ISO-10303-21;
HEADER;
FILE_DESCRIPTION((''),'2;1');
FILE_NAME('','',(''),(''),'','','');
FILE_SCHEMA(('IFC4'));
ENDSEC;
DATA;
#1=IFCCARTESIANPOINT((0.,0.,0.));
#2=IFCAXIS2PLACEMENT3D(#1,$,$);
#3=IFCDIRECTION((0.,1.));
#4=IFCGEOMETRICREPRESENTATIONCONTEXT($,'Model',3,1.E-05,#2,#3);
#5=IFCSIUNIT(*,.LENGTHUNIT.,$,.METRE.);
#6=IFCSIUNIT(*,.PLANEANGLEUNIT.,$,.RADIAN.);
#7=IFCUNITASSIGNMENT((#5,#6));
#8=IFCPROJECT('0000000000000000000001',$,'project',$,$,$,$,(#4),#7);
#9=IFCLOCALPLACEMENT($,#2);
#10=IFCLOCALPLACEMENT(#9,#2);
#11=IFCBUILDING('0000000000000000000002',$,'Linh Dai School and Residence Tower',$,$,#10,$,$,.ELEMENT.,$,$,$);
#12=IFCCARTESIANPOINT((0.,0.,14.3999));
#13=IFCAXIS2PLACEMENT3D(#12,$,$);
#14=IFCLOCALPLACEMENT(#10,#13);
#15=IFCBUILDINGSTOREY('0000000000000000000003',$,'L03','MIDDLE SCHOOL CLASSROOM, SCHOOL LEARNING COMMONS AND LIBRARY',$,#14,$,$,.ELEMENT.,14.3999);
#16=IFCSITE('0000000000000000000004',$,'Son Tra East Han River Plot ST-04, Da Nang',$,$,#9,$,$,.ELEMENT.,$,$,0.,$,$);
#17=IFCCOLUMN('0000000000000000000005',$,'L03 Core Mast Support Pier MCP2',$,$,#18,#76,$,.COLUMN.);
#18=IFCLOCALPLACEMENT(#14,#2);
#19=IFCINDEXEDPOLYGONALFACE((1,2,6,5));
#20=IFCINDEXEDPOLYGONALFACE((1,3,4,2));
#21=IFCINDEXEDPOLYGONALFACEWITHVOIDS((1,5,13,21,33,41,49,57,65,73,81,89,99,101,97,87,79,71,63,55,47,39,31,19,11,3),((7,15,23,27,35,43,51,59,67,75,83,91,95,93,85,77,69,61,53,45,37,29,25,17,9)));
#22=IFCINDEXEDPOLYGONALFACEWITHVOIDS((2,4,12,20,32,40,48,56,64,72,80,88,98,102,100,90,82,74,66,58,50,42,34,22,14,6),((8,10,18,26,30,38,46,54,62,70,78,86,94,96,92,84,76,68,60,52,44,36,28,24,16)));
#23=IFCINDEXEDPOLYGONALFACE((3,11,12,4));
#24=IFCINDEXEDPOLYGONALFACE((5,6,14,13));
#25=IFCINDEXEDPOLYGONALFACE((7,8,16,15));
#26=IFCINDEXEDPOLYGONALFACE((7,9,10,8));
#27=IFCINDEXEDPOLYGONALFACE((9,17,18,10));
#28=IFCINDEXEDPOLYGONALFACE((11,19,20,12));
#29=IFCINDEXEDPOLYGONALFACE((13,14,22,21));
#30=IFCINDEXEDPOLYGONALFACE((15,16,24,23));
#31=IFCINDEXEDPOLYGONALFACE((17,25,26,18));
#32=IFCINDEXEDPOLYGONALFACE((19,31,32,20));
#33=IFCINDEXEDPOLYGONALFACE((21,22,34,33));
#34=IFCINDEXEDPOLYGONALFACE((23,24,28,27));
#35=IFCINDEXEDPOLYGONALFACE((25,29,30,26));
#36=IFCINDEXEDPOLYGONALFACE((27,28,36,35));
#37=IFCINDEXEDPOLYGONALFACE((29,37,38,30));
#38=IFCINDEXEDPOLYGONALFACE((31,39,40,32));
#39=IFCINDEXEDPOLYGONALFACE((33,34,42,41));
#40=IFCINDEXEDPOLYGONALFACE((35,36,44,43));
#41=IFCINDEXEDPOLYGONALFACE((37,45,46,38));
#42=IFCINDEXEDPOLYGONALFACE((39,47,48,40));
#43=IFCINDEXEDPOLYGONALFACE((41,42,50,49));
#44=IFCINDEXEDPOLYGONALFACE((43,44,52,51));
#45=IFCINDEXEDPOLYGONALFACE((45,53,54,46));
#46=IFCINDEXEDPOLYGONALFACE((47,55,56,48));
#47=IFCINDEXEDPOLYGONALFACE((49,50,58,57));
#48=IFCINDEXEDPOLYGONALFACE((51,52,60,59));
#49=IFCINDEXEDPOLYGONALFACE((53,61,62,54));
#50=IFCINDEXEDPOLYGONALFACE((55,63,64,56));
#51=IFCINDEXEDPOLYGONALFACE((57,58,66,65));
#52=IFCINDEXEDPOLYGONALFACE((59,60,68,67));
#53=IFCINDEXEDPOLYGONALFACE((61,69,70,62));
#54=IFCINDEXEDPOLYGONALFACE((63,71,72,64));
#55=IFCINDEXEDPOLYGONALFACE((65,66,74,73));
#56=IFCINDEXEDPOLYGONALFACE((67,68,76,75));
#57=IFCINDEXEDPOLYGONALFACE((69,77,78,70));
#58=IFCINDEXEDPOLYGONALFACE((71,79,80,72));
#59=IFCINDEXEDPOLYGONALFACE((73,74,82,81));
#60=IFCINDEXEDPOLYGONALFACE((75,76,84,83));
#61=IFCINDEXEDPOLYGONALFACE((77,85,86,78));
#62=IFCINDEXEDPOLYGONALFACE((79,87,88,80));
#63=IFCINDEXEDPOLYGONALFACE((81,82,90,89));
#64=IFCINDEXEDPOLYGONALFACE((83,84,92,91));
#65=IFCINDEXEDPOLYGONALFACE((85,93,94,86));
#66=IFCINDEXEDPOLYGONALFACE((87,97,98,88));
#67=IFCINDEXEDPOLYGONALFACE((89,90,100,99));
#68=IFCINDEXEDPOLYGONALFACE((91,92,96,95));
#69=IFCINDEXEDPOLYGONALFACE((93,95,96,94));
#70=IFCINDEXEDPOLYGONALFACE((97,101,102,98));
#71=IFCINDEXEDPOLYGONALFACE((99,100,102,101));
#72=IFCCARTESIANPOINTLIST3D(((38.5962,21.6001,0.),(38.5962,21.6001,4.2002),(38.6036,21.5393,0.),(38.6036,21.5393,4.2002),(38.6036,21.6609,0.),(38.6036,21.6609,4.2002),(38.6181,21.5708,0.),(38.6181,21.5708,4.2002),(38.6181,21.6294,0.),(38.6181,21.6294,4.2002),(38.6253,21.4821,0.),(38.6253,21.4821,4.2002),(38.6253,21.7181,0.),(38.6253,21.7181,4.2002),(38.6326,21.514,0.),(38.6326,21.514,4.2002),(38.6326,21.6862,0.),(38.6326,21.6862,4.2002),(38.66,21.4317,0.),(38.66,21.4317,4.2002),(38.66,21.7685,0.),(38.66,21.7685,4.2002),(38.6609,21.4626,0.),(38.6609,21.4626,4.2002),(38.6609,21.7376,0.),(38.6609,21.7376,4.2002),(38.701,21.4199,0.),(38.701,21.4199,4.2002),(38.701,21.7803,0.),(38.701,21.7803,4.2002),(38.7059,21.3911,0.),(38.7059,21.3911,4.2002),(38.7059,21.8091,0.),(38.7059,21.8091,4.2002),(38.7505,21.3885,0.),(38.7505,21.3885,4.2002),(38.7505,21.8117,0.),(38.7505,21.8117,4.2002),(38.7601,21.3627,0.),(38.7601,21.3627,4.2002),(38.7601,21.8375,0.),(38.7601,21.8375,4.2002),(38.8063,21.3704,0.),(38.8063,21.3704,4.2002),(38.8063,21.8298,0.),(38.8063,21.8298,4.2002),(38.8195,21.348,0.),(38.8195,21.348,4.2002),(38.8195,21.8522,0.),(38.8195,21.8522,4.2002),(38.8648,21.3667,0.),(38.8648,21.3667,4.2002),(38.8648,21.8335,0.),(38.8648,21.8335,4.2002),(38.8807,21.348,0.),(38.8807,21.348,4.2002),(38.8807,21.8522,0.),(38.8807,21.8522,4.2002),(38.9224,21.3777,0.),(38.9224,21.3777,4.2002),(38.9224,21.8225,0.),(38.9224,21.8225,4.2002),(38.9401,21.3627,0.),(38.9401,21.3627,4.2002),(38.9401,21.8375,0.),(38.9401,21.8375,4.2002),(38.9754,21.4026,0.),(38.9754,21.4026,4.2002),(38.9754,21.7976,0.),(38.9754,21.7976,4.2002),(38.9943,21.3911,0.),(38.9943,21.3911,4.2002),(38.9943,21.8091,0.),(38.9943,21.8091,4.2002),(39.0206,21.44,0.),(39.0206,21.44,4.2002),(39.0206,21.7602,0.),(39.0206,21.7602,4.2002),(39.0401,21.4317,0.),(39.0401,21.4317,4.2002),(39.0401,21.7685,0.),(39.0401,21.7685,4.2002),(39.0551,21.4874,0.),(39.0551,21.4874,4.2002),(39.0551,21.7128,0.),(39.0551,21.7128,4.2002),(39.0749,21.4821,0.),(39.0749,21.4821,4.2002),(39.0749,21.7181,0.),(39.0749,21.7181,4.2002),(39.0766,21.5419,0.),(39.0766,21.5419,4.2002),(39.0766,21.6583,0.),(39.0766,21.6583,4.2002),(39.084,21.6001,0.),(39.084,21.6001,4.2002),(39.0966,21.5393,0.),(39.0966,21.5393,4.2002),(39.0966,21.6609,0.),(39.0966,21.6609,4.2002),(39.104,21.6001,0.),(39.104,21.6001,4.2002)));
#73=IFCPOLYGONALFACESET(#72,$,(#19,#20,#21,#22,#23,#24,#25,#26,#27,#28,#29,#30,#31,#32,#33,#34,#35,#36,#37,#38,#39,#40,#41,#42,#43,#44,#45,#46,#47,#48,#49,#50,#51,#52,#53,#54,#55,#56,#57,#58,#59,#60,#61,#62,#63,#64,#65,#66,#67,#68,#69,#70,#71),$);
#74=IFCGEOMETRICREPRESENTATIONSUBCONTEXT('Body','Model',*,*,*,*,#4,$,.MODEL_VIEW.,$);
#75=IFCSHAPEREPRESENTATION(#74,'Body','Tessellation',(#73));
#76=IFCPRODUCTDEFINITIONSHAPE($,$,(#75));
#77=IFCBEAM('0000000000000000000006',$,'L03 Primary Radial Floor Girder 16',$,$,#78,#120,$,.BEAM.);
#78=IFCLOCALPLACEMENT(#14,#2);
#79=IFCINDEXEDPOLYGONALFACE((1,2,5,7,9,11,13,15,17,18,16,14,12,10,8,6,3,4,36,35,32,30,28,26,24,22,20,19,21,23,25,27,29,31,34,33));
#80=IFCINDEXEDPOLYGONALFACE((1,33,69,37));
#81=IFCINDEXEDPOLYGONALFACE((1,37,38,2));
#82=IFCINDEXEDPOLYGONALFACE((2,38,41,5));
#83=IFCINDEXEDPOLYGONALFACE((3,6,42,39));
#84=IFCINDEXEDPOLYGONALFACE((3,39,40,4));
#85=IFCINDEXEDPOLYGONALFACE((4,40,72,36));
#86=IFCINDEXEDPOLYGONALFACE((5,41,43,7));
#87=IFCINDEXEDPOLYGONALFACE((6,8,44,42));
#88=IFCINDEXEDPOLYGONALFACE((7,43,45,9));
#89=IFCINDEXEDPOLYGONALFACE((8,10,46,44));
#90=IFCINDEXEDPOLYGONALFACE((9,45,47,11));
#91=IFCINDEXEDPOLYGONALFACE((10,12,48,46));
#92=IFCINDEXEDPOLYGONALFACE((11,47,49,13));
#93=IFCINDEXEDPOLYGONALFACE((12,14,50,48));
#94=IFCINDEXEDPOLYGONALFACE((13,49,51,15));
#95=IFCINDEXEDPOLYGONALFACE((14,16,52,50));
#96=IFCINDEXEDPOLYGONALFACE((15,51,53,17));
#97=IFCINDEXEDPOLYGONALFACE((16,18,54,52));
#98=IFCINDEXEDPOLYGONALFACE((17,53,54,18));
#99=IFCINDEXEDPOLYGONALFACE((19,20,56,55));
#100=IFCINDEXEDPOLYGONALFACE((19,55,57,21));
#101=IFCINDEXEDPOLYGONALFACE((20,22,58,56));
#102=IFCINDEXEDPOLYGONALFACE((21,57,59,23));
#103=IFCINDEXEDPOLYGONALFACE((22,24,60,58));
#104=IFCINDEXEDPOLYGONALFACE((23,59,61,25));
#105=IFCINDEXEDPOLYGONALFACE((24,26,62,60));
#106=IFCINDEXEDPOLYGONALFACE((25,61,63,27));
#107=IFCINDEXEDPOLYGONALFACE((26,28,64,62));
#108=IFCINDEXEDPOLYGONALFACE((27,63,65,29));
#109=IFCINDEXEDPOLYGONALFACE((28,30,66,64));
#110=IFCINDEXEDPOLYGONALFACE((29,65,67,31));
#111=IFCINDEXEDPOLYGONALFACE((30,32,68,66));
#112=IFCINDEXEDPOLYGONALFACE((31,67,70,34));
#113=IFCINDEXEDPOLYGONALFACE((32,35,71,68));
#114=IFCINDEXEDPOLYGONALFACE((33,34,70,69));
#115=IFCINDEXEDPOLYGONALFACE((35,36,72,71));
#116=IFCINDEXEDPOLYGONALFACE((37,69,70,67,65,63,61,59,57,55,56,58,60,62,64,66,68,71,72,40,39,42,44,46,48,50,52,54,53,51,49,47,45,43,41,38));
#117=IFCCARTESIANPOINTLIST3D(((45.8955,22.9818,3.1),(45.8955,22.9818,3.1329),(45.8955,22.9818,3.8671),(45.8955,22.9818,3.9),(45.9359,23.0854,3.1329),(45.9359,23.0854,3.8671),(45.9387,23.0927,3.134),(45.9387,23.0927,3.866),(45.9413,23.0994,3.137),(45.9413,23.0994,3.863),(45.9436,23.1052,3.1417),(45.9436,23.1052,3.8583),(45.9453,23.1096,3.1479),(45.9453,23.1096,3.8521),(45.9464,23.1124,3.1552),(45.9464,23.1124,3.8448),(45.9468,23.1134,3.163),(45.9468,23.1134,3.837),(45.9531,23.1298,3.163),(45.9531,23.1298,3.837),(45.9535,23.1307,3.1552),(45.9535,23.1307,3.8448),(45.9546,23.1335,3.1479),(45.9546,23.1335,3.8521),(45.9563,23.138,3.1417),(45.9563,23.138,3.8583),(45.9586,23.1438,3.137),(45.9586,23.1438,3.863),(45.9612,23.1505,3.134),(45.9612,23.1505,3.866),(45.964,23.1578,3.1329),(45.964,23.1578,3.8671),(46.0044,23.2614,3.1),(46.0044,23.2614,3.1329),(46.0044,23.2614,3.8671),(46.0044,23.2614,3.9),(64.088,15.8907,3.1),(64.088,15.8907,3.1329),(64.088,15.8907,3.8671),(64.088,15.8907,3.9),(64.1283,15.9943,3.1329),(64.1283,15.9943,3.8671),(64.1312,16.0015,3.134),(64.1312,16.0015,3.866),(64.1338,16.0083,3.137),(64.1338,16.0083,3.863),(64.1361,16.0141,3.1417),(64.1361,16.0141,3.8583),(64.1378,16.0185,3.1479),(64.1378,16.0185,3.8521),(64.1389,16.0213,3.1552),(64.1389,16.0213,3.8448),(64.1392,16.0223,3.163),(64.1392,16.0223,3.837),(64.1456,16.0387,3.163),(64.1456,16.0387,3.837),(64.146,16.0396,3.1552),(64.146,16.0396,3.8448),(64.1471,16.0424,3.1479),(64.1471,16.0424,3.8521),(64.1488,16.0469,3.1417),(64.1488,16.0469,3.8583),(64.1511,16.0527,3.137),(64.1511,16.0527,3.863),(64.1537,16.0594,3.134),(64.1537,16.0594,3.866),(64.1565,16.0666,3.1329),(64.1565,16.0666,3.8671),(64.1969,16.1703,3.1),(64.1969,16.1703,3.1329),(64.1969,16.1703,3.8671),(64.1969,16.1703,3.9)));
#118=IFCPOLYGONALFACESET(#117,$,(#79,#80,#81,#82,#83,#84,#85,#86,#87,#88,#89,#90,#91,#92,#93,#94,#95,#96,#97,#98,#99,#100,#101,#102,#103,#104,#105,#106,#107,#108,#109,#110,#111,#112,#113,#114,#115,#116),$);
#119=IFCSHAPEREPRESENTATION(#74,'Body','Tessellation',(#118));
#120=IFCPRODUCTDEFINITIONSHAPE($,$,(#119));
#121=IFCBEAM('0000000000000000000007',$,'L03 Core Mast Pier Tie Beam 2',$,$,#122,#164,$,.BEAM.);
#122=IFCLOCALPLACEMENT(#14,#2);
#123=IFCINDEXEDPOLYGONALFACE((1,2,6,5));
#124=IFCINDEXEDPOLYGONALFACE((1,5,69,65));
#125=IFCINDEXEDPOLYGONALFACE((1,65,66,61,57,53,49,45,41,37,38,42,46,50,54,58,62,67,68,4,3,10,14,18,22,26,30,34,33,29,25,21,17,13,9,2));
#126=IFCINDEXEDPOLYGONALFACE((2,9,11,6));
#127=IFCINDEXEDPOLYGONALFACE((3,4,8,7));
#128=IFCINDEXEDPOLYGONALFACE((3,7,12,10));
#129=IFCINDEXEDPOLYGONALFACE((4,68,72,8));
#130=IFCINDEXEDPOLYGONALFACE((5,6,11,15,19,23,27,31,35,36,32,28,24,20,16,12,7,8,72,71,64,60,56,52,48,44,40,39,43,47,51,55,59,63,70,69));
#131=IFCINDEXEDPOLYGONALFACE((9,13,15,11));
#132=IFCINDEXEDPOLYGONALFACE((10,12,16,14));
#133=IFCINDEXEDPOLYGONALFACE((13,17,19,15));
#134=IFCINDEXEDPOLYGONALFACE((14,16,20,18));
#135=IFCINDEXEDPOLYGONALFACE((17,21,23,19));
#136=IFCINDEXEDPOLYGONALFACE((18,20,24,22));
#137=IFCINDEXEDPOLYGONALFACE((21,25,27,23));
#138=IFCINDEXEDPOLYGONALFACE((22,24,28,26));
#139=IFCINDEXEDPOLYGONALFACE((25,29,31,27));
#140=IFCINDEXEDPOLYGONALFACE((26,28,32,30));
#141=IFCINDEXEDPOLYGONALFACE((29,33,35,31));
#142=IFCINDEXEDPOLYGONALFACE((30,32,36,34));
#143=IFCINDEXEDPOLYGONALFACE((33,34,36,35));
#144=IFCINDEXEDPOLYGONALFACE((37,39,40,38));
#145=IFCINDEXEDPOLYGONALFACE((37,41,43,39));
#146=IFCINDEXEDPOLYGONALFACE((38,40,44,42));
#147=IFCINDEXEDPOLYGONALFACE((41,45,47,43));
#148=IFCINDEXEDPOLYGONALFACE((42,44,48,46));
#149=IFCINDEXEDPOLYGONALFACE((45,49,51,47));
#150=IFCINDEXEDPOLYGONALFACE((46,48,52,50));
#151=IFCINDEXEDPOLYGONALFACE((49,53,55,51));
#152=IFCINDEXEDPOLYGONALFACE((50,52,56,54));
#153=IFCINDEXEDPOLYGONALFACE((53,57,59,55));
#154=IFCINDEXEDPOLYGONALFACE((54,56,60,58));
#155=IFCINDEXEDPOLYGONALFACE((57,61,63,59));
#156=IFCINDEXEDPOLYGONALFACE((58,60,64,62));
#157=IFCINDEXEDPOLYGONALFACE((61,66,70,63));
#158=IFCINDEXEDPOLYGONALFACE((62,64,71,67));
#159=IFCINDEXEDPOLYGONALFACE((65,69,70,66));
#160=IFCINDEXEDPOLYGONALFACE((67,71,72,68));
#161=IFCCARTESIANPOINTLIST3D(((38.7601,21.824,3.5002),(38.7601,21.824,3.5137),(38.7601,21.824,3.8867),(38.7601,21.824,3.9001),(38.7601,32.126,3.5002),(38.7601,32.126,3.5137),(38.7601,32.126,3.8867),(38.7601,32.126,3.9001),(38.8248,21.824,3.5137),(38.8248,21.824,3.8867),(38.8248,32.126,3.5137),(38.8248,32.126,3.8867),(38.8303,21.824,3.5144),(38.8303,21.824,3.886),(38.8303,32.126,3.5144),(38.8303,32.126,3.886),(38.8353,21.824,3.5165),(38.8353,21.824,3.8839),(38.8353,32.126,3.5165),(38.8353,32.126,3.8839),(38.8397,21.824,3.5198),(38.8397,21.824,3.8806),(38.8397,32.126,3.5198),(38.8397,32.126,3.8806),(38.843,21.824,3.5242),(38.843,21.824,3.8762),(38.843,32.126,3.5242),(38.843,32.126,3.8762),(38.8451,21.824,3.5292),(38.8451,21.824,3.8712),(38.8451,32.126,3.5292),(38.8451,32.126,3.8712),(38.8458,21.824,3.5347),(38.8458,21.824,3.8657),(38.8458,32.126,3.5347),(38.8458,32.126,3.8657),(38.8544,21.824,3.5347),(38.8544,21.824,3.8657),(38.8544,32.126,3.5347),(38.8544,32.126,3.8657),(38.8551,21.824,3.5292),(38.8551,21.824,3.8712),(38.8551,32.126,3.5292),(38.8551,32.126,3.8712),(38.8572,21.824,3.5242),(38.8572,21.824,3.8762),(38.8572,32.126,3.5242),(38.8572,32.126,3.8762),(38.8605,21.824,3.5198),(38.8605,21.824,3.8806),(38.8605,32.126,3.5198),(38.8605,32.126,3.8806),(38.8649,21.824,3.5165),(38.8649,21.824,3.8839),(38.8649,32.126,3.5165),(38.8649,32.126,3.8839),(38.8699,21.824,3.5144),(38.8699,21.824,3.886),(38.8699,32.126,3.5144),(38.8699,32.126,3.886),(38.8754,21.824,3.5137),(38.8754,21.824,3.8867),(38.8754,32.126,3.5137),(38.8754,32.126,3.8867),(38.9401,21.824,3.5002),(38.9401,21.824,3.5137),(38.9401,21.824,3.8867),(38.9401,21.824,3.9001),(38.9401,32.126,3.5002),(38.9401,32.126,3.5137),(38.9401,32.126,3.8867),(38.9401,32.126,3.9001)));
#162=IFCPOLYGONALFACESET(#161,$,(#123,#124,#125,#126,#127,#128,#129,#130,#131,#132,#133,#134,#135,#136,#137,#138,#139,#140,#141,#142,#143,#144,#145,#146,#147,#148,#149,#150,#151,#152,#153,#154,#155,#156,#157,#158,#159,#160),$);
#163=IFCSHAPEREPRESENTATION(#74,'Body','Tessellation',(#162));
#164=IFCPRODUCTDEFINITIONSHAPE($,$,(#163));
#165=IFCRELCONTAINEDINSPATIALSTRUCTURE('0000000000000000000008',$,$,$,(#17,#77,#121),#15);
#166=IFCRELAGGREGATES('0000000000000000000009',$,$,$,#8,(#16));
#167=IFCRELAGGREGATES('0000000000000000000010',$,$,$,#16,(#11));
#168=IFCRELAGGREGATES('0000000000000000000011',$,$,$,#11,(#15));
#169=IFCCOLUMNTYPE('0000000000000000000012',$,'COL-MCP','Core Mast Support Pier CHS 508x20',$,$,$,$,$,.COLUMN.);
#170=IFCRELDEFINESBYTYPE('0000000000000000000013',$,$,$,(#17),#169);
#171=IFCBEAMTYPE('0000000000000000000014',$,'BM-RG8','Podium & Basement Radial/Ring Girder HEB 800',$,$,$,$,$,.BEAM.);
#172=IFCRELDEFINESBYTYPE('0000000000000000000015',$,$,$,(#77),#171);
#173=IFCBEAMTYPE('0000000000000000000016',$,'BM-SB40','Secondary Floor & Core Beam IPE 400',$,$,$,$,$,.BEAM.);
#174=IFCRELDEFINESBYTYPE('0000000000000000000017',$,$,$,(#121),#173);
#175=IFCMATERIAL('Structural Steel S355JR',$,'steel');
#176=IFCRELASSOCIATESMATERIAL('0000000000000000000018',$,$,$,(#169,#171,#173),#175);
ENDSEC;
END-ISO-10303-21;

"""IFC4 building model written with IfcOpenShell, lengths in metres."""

from ifc_helpers import new_model, si_unit, direction, frame, origin, origin_2d, place, context, subcontext, project, spatial, hollow_circle, i_section, extrude, material, material_profile, profile_set, type_object, element, save


model = new_model("IFC4")

# Units and contexts
model_context = context("Model", 3, precision=1e-05, world=origin(), true_north=direction((0.0, 1.0)))
body_context = subcontext(model_context, "Body", "Model", "MODEL_VIEW")
ifc_project = project(units=[si_unit("LENGTHUNIT", "METRE"), si_unit("PLANEANGLEUNIT", "RADIAN")], contexts=[model_context])

# Site, building, storey
site_placement = place(None, origin())
site = spatial("IfcSite", under=ifc_project, at=site_placement, Name="Son Tra East Han River Plot ST-04, Da Nang", CompositionType="ELEMENT", RefElevation=0.0)
building_placement = place(site_placement, origin())
building = spatial("IfcBuilding", under=site, at=building_placement, Name="Linh Dai School and Residence Tower", CompositionType="ELEMENT")
storey_placement = place(building_placement, frame((0.0, 0.0, 14.3999)))
storey = spatial("IfcBuildingStorey", under=building, at=storey_placement, Name="L03", Description="MIDDLE SCHOOL CLASSROOM, SCHOOL LEARNING COMMONS AND LIBRARY", CompositionType="ELEMENT", Elevation=14.3999)

# Column
ifc_material_1 = material(Name="Structural Steel S355JR", Category="steel")
ifc_material_profile_1 = material_profile(ifc_material_1, hollow_circle(Radius=0.2539, WallThickness=0.02, at=origin_2d()), Name="CHS 508x20")
ifc_profile_set_1 = profile_set([ifc_material_profile_1], Name="Structural Steel S355JR")
column_type_1 = type_object("IfcColumnType", Name="COL-MCP", Description="Core Mast Support Pier CHS 508x20", PredefinedType="COLUMN", material=ifc_profile_set_1)
column_placement = place(storey_placement, frame((38.8501, 21.6001, 0.0), z_axis=(0.0, 0.0, 1.0), x_axis=(1.0, 0.0, 0.0)))
element("IfcColumn", 1, at=column_placement, inside=storey, type_object=column_type_1, Name="L03 Core Mast Support Pier MCP2", PredefinedType="COLUMN", context=body_context, shape_type="SweptSolid", body=[
    extrude(hollow_circle(Radius=0.2539, WallThickness=0.02, at=origin_2d()), origin(), (0.0, 0.0, 1.0), 4.2002),
])

# Beams
ifc_material_profile_2 = material_profile(ifc_material_1, i_section(OverallWidth=0.3, OverallDepth=0.8, WebThickness=0.0176, FlangeThickness=0.033, FilletRadius=0.03, at=origin_2d()), Name="HEB 800")
ifc_profile_set_2 = profile_set([ifc_material_profile_2], Name="Structural Steel S355JR")
beam_type_1 = type_object("IfcBeamType", Name="BM-RG8", Description="Podium & Basement Radial/Ring Girder HEB 800", PredefinedType="BEAM", material=ifc_profile_set_2)
beam_1_placement = place(storey_placement, frame((45.95, 23.1216, 3.5), z_axis=(0.931723, -0.363169, 0.0), x_axis=(0.363169, 0.931723, 0.0)))
element("IfcBeam", 2, at=beam_1_placement, inside=storey, type_object=beam_type_1, Name="L03 Primary Radial Floor Girder 16", PredefinedType="BEAM", context=body_context, shape_type="SweptSolid", body=[
    extrude(i_section(OverallWidth=0.3, OverallDepth=0.8, WebThickness=0.0176, FlangeThickness=0.033, FilletRadius=0.03, at=origin_2d()), origin(), (0.0, 0.0, 1.0), 19.5256),
])
ifc_material_profile_3 = material_profile(ifc_material_1, i_section(OverallWidth=0.1799, OverallDepth=0.3999, WebThickness=0.0085, FlangeThickness=0.0134, FilletRadius=0.021, at=origin_2d()), Name="IPE 400")
ifc_profile_set_3 = profile_set([ifc_material_profile_3], Name="Structural Steel S355JR")
beam_type_2 = type_object("IfcBeamType", Name="BM-SB40", Description="Secondary Floor & Core Beam IPE 400", PredefinedType="BEAM", material=ifc_profile_set_3)
beam_2_placement = place(storey_placement, frame((38.8501, 21.824, 3.7002), z_axis=(0.0, 1.0, 0.0), x_axis=(-1.0, 0.0, 0.0)))
element("IfcBeam", 3, at=beam_2_placement, inside=storey, type_object=beam_type_2, Name="L03 Core Mast Pier Tie Beam 2", PredefinedType="BEAM", context=body_context, shape_type="SweptSolid", body=[
    extrude(i_section(OverallWidth=0.1799, OverallDepth=0.3999, WebThickness=0.0085, FlangeThickness=0.0134, FilletRadius=0.021, at=origin_2d()), origin(), (0.0, 0.0, 1.0), 10.302),
])

save(model, "model.ifc")
